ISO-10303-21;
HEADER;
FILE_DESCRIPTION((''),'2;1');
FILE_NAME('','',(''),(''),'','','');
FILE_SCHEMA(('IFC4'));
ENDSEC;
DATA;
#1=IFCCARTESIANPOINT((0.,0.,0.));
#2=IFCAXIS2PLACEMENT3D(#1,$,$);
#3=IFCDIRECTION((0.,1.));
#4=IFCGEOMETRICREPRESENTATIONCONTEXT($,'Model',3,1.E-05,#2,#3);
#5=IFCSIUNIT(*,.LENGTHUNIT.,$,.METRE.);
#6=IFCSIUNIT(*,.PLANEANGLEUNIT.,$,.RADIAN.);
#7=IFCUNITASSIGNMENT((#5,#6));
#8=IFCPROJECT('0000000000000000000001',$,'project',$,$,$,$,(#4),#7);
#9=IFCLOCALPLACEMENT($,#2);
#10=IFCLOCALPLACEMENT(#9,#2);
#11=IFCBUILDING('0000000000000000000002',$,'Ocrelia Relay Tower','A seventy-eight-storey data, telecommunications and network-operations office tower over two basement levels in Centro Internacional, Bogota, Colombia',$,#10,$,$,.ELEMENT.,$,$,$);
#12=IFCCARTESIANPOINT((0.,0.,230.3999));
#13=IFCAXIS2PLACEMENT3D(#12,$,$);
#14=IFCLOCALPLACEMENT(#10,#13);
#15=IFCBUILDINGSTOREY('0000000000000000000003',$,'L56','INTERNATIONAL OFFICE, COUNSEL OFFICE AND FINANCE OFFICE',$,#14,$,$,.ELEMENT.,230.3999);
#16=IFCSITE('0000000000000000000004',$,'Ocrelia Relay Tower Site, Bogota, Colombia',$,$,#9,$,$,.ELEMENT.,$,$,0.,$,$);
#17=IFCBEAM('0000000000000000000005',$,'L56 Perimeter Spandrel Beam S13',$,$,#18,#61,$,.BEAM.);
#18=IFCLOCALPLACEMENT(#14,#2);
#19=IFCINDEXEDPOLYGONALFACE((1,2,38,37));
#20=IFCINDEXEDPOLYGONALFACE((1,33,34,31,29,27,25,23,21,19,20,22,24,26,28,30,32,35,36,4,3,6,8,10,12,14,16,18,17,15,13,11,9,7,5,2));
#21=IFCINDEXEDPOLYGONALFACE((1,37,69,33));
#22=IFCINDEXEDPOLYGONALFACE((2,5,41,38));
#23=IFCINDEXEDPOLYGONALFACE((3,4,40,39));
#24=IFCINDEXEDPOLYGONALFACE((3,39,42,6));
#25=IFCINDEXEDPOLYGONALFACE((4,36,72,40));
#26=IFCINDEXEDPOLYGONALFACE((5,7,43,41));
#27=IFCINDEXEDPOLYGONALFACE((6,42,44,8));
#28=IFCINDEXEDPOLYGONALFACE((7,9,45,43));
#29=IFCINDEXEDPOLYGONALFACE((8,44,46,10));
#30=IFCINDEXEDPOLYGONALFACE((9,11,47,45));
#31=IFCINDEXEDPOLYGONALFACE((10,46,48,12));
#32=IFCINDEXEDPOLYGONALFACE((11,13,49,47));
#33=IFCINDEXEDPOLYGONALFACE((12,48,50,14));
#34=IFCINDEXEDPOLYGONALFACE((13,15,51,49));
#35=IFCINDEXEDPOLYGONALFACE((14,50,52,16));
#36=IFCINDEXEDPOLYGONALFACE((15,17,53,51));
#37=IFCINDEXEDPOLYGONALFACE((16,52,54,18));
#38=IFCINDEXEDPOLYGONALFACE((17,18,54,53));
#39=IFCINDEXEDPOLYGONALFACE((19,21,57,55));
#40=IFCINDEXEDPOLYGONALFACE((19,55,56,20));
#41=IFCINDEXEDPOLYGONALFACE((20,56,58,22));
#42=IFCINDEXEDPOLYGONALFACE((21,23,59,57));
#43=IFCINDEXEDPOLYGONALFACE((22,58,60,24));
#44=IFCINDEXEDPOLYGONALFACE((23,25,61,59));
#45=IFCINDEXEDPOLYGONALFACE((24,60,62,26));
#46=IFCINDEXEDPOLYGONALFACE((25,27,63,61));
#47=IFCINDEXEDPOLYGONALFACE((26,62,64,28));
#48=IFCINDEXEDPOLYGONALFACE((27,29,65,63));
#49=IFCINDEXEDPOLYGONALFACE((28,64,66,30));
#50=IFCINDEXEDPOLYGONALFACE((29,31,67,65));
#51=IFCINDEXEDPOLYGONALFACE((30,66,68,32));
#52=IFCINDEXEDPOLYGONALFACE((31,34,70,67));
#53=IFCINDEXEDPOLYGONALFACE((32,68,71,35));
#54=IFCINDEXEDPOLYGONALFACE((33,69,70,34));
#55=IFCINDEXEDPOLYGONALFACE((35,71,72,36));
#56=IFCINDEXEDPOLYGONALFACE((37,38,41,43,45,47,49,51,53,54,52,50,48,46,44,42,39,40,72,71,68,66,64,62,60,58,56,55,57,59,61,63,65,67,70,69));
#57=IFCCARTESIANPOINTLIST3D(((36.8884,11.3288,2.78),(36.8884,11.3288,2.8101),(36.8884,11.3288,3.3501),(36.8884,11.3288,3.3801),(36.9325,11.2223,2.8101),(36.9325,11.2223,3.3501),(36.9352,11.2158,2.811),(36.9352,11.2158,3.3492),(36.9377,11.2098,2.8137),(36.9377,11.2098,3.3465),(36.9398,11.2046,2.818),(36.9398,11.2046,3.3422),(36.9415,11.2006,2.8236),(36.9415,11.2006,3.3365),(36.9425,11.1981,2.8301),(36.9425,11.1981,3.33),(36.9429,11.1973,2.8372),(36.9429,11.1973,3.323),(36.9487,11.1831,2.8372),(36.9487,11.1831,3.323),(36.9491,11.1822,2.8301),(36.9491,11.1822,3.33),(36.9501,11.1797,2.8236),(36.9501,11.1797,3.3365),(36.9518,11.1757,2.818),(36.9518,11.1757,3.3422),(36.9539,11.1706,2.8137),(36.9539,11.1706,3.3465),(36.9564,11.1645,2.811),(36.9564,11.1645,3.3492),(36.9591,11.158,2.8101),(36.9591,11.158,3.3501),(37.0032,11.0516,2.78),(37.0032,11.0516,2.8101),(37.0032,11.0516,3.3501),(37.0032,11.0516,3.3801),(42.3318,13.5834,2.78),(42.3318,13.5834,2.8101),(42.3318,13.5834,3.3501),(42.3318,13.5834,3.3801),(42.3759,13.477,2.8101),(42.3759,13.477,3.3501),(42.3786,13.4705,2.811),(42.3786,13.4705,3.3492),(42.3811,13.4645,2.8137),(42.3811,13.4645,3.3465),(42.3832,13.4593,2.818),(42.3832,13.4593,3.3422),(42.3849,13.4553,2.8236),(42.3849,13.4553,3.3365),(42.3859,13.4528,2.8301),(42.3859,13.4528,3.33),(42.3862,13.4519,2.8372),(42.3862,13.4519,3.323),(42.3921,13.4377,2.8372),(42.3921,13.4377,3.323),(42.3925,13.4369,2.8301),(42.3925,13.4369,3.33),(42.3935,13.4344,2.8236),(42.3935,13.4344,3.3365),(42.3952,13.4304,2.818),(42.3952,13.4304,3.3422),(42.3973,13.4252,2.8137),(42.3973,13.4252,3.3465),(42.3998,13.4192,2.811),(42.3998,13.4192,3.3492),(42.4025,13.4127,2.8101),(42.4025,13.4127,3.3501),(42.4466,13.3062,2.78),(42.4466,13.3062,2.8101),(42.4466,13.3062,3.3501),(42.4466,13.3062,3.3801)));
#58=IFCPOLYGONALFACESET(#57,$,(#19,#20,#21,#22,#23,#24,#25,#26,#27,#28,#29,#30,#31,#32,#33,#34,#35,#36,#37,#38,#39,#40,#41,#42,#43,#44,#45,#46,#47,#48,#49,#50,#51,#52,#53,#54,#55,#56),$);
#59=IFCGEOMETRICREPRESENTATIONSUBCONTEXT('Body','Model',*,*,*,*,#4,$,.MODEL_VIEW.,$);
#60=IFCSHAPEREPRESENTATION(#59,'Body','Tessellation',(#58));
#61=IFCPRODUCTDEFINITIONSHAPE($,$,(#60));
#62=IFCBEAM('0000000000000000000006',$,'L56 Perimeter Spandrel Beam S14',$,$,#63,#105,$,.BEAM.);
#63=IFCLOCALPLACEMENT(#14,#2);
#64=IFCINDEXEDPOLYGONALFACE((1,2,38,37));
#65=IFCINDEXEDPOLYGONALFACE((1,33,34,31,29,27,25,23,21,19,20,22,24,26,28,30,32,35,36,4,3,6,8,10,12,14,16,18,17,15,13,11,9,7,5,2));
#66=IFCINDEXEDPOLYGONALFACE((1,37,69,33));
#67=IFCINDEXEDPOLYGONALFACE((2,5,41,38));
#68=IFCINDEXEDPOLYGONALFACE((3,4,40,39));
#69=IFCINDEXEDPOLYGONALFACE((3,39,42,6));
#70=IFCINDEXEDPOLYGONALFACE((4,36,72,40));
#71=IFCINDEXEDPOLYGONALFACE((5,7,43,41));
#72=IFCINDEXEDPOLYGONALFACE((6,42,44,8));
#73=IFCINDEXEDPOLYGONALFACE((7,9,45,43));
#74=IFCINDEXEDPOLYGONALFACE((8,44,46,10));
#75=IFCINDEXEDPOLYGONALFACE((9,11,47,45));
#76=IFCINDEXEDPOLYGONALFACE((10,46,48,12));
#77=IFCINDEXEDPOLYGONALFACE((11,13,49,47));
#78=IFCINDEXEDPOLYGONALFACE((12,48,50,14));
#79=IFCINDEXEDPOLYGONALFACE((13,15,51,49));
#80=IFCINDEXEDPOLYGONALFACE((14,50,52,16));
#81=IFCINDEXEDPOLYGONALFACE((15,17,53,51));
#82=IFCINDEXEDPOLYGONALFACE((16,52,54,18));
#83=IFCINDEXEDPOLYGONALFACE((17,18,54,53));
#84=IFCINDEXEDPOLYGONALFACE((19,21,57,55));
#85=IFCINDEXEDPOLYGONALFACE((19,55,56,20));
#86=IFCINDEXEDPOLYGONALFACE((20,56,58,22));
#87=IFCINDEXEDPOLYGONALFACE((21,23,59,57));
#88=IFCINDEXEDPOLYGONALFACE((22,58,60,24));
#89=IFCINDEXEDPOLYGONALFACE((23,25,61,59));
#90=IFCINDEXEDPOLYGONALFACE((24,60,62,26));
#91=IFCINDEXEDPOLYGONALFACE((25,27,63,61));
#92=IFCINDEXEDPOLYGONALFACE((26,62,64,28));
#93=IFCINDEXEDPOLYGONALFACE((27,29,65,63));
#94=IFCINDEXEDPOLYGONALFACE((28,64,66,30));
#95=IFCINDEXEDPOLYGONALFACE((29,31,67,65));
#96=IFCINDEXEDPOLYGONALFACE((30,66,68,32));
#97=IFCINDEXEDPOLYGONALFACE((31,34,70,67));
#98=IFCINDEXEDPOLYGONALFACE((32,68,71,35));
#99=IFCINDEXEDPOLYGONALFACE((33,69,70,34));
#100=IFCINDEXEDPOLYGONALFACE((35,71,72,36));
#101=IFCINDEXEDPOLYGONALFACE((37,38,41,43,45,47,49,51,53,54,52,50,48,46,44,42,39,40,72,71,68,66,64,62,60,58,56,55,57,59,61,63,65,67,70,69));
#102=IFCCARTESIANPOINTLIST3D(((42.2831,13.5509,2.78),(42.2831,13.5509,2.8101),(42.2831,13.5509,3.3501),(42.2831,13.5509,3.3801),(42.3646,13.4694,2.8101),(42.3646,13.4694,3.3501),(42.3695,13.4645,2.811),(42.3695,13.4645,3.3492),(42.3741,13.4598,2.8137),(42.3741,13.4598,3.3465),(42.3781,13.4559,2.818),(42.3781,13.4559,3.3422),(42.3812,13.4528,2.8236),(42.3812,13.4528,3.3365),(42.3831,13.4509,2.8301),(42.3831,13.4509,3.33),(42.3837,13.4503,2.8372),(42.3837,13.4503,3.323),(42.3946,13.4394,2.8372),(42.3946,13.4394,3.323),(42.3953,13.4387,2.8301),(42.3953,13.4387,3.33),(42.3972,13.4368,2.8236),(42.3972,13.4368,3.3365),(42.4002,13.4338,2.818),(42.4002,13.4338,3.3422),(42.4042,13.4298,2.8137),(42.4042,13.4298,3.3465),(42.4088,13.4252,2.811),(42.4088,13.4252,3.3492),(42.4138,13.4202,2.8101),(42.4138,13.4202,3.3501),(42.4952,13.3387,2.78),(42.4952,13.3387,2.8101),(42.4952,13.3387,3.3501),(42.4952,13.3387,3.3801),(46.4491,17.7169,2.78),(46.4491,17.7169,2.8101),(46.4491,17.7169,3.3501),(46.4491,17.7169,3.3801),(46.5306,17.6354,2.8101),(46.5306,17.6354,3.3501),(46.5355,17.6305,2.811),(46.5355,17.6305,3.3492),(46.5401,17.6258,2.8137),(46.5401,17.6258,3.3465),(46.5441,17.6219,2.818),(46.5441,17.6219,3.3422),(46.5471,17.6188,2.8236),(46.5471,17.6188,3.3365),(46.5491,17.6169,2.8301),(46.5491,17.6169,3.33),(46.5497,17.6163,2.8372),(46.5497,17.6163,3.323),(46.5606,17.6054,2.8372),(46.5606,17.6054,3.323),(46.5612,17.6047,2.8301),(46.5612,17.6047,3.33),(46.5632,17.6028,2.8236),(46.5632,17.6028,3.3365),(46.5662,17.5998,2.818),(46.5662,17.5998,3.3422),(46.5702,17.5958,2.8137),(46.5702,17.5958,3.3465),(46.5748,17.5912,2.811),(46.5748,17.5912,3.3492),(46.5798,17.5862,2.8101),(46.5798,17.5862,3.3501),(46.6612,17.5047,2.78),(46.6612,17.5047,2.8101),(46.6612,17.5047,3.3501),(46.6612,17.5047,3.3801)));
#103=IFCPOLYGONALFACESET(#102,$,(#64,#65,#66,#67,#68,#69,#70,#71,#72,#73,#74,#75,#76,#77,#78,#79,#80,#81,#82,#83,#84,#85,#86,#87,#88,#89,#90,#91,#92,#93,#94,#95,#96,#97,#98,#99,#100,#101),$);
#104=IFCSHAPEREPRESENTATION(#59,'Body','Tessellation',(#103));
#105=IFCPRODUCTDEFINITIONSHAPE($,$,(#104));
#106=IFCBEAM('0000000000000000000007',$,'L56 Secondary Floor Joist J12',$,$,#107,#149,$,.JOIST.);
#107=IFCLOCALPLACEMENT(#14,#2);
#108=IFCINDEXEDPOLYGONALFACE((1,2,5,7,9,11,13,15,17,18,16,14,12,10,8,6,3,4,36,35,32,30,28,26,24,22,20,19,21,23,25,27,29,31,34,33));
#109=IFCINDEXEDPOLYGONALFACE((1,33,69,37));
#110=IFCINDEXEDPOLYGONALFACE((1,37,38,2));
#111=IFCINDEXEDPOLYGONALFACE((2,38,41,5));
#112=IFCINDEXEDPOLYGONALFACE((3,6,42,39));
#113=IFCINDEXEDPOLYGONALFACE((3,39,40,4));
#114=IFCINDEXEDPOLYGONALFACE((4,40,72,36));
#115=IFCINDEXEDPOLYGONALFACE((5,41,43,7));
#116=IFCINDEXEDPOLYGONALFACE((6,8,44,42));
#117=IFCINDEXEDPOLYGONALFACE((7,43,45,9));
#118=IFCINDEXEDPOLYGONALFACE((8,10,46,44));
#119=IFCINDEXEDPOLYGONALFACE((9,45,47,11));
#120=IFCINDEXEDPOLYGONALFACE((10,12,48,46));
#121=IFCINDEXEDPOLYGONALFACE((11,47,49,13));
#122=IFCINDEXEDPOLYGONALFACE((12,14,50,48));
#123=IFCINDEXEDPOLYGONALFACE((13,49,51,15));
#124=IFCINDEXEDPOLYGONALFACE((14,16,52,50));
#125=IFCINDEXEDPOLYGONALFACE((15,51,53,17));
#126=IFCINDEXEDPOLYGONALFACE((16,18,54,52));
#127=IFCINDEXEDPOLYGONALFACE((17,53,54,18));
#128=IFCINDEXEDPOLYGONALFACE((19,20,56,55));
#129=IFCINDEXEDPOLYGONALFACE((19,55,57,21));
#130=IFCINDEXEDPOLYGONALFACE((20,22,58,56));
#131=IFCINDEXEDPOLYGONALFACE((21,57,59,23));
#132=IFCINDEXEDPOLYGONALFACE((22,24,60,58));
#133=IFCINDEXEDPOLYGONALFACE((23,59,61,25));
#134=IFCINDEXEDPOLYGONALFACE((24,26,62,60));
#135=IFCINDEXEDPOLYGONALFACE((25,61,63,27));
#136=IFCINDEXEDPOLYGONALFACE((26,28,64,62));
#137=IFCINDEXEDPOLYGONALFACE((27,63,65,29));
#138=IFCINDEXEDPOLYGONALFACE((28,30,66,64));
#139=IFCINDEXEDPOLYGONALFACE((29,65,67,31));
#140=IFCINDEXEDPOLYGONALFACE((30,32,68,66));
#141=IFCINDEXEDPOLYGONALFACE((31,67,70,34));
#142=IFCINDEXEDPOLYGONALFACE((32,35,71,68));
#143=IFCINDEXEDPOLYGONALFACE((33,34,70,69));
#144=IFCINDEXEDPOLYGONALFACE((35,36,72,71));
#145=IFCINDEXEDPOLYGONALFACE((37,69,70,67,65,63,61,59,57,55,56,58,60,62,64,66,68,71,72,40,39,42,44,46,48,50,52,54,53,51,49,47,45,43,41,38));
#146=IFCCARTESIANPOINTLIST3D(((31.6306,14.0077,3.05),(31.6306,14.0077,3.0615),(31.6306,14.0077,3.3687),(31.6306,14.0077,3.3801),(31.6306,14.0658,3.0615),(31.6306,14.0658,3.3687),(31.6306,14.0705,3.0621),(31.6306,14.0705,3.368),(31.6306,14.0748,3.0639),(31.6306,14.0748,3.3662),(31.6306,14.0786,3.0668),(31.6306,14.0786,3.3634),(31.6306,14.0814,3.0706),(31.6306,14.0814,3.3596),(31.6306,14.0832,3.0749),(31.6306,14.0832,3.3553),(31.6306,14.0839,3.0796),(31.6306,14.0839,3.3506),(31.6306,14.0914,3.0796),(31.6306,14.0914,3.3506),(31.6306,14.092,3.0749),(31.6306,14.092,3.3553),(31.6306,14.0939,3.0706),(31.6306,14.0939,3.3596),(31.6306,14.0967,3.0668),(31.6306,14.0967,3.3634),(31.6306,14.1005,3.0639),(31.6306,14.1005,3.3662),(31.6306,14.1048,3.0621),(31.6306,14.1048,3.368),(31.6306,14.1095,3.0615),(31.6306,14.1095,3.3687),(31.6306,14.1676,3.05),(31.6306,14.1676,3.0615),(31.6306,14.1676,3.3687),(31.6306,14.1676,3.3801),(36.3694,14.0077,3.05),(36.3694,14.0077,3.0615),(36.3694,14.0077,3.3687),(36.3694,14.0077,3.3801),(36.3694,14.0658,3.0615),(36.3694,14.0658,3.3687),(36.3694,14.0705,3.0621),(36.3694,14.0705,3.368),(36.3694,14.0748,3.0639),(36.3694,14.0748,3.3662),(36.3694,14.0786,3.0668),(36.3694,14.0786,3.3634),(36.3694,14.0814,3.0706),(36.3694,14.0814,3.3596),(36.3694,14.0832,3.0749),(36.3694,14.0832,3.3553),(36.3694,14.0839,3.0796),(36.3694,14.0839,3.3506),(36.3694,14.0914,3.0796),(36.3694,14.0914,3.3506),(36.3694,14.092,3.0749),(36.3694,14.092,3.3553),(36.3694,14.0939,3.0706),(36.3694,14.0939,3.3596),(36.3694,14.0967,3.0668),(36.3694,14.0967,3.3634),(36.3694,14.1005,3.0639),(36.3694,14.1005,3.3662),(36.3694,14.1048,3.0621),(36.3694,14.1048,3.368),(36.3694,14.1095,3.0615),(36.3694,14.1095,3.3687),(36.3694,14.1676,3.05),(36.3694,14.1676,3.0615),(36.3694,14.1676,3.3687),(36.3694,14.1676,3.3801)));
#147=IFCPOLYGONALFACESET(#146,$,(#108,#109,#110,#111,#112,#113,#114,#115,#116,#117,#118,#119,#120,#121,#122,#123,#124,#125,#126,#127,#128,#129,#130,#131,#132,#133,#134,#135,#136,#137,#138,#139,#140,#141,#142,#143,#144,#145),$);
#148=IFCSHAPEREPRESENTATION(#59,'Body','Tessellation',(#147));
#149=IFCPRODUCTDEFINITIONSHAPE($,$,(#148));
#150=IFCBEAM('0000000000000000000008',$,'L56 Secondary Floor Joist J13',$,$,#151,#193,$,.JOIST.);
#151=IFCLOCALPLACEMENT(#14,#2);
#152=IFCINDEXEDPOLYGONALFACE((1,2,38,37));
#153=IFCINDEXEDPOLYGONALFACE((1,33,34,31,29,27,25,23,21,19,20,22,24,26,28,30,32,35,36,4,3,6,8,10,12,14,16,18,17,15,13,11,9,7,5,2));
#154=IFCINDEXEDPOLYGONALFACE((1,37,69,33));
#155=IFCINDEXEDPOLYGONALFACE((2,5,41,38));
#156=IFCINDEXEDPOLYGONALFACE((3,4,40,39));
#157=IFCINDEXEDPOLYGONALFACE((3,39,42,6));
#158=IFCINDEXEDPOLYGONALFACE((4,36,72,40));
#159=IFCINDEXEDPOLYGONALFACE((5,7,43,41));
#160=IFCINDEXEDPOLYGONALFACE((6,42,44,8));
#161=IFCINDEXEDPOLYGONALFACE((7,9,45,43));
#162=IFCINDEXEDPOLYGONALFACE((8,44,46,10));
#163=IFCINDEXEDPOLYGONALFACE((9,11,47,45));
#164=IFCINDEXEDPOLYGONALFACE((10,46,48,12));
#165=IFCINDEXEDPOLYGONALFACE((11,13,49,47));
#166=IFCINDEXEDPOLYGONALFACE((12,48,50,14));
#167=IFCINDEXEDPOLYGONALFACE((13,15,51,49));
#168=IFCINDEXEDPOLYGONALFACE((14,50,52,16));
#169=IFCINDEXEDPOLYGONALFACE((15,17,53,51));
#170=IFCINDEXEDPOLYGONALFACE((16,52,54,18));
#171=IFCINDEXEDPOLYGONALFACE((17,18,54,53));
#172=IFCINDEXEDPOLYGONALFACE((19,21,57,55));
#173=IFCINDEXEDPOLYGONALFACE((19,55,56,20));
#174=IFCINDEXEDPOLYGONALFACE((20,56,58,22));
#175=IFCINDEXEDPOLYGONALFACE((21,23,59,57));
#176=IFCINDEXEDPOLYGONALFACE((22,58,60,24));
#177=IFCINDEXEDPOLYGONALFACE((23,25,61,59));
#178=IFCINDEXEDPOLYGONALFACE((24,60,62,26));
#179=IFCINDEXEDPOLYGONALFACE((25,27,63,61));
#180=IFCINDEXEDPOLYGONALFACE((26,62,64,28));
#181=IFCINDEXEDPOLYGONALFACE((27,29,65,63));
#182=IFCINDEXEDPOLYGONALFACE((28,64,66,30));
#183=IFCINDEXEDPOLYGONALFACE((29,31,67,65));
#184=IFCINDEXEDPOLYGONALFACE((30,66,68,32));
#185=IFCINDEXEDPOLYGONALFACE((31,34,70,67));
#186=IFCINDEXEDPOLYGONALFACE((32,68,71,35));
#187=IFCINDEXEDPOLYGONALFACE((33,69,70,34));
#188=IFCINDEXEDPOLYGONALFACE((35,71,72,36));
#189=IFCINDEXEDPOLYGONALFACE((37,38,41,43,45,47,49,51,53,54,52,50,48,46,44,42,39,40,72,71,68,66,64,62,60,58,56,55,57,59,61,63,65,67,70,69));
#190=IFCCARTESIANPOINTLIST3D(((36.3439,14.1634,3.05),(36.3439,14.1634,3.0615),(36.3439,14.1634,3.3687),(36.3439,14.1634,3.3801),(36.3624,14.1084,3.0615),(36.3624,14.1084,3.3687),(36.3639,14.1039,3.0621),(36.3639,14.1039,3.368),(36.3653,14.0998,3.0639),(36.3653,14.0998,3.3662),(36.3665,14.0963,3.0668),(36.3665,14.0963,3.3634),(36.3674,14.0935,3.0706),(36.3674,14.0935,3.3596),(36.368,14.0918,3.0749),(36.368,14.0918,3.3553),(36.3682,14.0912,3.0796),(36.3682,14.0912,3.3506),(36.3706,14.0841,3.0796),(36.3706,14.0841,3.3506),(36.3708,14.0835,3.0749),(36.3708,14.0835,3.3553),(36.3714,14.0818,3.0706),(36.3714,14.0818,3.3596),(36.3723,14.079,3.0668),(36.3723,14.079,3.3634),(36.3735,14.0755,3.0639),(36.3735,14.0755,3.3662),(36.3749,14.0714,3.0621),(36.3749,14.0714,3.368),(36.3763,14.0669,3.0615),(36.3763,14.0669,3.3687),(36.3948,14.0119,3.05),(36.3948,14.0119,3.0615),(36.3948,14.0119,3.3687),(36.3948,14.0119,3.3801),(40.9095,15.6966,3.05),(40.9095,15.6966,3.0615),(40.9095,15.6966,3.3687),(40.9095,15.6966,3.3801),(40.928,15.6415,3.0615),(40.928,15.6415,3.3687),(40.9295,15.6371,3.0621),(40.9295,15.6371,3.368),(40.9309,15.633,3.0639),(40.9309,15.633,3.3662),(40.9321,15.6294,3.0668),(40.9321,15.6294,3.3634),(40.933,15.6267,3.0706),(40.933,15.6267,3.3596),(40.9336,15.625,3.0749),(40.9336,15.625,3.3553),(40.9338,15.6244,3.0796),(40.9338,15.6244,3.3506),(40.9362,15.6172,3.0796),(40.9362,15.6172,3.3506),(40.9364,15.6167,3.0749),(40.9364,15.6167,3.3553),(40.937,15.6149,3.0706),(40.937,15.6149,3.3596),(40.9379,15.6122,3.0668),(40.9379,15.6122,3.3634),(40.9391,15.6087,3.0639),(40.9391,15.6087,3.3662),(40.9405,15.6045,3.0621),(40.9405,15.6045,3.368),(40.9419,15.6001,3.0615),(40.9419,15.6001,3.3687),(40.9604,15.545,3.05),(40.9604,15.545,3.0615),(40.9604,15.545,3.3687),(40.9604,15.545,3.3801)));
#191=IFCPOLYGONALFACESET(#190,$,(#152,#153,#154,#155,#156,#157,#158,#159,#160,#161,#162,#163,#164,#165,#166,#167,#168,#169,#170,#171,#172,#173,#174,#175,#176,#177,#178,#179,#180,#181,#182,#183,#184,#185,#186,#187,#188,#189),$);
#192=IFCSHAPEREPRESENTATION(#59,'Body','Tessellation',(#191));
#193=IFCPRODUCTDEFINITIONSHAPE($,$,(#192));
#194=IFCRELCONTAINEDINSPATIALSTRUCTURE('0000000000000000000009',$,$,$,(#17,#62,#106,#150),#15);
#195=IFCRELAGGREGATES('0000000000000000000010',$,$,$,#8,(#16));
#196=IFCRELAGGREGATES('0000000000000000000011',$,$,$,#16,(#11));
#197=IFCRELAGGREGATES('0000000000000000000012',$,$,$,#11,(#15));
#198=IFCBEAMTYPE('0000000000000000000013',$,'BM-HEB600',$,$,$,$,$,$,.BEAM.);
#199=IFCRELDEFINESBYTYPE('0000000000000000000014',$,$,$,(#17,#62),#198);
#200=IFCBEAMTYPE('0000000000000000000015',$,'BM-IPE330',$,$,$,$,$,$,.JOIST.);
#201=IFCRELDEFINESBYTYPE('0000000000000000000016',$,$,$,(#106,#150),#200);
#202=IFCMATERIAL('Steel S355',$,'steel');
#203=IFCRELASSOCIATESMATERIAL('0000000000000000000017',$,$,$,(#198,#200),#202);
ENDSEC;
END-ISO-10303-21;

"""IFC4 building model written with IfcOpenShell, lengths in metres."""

from ifc_helpers import new_model, si_unit, direction, frame, origin, origin_2d, place, context, subcontext, project, spatial, i_section, extrude, material, material_profile, profile_set, type_object, element, save


model = new_model("IFC4")

# Units and contexts
model_context = context("Model", 3, precision=1e-05, world=origin(), true_north=direction((0.0, 1.0)))
body_context = subcontext(model_context, "Body", "Model", "MODEL_VIEW")
ifc_project = project(units=[si_unit("LENGTHUNIT", "METRE"), si_unit("PLANEANGLEUNIT", "RADIAN")], contexts=[model_context])

# Site, building, storey
site_placement = place(None, origin())
site = spatial("IfcSite", under=ifc_project, at=site_placement, Name="Ocrelia Relay Tower Site, Bogota, Colombia", CompositionType="ELEMENT", RefElevation=0.0)
building_placement = place(site_placement, origin())
building = spatial("IfcBuilding", under=site, at=building_placement, Name="Ocrelia Relay Tower", Description="A seventy-eight-storey data, telecommunications and network-operations office tower over two basement levels in Centro Internacional, Bogota, Colombia", CompositionType="ELEMENT")
storey_placement = place(building_placement, frame((0.0, 0.0, 230.3999)))
storey = spatial("IfcBuildingStorey", under=building, at=storey_placement, Name="L56", Description="INTERNATIONAL OFFICE, COUNSEL OFFICE AND FINANCE OFFICE", CompositionType="ELEMENT", Elevation=230.3999)

# Beams
ifc_material_1 = material(Name="Steel S355", Category="steel")
ifc_material_profile_1 = material_profile(ifc_material_1, i_section(OverallWidth=0.3, OverallDepth=0.6001, WebThickness=0.0154, FlangeThickness=0.03, FilletRadius=0.0271, at=origin_2d()), Name="HEB 600")
ifc_profile_set_1 = profile_set([ifc_material_profile_1], Name="Steel S355")
beam_type_1 = type_object("IfcBeamType", Name="BM-HEB600", PredefinedType="BEAM", material=ifc_profile_set_1)
beam_1_placement = place(storey_placement, frame((36.9458, 11.1902, 3.0801), z_axis=(0.923884, 0.382673, 0.0), x_axis=(-0.382673, 0.923884, 0.0)))
element("IfcBeam", 1, at=beam_1_placement, inside=storey, type_object=beam_type_1, Name="L56 Perimeter Spandrel Beam S13", PredefinedType="BEAM", context=body_context, shape_type="SweptSolid", body=[
    extrude(i_section(OverallWidth=0.3, OverallDepth=0.6001, WebThickness=0.0154, FlangeThickness=0.03, FilletRadius=0.0271, at=origin_2d()), origin(), (0.0, 0.0, 1.0), 5.8918),
])
beam_2_placement = place(storey_placement, frame((42.3892, 13.4448, 3.0801), z_axis=(0.707107, 0.707107, 0.0), x_axis=(-0.707107, 0.707107, 0.0)))
element("IfcBeam", 2, at=beam_2_placement, inside=storey, type_object=beam_type_1, Name="L56 Perimeter Spandrel Beam S14", PredefinedType="BEAM", context=body_context, shape_type="SweptSolid", body=[
    extrude(i_section(OverallWidth=0.3, OverallDepth=0.6001, WebThickness=0.0154, FlangeThickness=0.03, FilletRadius=0.0271, at=origin_2d()), origin(), (0.0, 0.0, 1.0), 5.8916),
])
ifc_material_profile_2 = material_profile(ifc_material_1, i_section(OverallWidth=0.1599, OverallDepth=0.3301, WebThickness=0.0076, FlangeThickness=0.0115, FilletRadius=0.0181, at=origin_2d()), Name="IPE 330")
ifc_profile_set_2 = profile_set([ifc_material_profile_2], Name="Steel S355")
beam_type_2 = type_object("IfcBeamType", Name="BM-IPE330", PredefinedType="JOIST", material=ifc_profile_set_2)
beam_3_placement = place(storey_placement, frame((31.6306, 14.0876, 3.2151), z_axis=(1.0, 0.0, 0.0), x_axis=(0.0, 1.0, 0.0)))
element("IfcBeam", 3, at=beam_3_placement, inside=storey, type_object=beam_type_2, Name="L56 Secondary Floor Joist J12", PredefinedType="JOIST", context=body_context, shape_type="SweptSolid", body=[
    extrude(i_section(OverallWidth=0.1599, OverallDepth=0.3301, WebThickness=0.0076, FlangeThickness=0.0115, FilletRadius=0.0181, at=origin_2d()), origin(), (0.0, 0.0, 1.0), 4.7388),
])
beam_4_placement = place(storey_placement, frame((36.3694, 14.0876, 3.2151), z_axis=(0.947976, 0.318341, 0.0), x_axis=(-0.318341, 0.947976, 0.0)))
element("IfcBeam", 4, at=beam_4_placement, inside=storey, type_object=beam_type_2, Name="L56 Secondary Floor Joist J13", PredefinedType="JOIST", context=body_context, shape_type="SweptSolid", body=[
    extrude(i_section(OverallWidth=0.1599, OverallDepth=0.3301, WebThickness=0.0076, FlangeThickness=0.0115, FilletRadius=0.0181, at=origin_2d()), origin(), (0.0, 0.0, 1.0), 4.8162),
])

save(model, "model.ifc")
